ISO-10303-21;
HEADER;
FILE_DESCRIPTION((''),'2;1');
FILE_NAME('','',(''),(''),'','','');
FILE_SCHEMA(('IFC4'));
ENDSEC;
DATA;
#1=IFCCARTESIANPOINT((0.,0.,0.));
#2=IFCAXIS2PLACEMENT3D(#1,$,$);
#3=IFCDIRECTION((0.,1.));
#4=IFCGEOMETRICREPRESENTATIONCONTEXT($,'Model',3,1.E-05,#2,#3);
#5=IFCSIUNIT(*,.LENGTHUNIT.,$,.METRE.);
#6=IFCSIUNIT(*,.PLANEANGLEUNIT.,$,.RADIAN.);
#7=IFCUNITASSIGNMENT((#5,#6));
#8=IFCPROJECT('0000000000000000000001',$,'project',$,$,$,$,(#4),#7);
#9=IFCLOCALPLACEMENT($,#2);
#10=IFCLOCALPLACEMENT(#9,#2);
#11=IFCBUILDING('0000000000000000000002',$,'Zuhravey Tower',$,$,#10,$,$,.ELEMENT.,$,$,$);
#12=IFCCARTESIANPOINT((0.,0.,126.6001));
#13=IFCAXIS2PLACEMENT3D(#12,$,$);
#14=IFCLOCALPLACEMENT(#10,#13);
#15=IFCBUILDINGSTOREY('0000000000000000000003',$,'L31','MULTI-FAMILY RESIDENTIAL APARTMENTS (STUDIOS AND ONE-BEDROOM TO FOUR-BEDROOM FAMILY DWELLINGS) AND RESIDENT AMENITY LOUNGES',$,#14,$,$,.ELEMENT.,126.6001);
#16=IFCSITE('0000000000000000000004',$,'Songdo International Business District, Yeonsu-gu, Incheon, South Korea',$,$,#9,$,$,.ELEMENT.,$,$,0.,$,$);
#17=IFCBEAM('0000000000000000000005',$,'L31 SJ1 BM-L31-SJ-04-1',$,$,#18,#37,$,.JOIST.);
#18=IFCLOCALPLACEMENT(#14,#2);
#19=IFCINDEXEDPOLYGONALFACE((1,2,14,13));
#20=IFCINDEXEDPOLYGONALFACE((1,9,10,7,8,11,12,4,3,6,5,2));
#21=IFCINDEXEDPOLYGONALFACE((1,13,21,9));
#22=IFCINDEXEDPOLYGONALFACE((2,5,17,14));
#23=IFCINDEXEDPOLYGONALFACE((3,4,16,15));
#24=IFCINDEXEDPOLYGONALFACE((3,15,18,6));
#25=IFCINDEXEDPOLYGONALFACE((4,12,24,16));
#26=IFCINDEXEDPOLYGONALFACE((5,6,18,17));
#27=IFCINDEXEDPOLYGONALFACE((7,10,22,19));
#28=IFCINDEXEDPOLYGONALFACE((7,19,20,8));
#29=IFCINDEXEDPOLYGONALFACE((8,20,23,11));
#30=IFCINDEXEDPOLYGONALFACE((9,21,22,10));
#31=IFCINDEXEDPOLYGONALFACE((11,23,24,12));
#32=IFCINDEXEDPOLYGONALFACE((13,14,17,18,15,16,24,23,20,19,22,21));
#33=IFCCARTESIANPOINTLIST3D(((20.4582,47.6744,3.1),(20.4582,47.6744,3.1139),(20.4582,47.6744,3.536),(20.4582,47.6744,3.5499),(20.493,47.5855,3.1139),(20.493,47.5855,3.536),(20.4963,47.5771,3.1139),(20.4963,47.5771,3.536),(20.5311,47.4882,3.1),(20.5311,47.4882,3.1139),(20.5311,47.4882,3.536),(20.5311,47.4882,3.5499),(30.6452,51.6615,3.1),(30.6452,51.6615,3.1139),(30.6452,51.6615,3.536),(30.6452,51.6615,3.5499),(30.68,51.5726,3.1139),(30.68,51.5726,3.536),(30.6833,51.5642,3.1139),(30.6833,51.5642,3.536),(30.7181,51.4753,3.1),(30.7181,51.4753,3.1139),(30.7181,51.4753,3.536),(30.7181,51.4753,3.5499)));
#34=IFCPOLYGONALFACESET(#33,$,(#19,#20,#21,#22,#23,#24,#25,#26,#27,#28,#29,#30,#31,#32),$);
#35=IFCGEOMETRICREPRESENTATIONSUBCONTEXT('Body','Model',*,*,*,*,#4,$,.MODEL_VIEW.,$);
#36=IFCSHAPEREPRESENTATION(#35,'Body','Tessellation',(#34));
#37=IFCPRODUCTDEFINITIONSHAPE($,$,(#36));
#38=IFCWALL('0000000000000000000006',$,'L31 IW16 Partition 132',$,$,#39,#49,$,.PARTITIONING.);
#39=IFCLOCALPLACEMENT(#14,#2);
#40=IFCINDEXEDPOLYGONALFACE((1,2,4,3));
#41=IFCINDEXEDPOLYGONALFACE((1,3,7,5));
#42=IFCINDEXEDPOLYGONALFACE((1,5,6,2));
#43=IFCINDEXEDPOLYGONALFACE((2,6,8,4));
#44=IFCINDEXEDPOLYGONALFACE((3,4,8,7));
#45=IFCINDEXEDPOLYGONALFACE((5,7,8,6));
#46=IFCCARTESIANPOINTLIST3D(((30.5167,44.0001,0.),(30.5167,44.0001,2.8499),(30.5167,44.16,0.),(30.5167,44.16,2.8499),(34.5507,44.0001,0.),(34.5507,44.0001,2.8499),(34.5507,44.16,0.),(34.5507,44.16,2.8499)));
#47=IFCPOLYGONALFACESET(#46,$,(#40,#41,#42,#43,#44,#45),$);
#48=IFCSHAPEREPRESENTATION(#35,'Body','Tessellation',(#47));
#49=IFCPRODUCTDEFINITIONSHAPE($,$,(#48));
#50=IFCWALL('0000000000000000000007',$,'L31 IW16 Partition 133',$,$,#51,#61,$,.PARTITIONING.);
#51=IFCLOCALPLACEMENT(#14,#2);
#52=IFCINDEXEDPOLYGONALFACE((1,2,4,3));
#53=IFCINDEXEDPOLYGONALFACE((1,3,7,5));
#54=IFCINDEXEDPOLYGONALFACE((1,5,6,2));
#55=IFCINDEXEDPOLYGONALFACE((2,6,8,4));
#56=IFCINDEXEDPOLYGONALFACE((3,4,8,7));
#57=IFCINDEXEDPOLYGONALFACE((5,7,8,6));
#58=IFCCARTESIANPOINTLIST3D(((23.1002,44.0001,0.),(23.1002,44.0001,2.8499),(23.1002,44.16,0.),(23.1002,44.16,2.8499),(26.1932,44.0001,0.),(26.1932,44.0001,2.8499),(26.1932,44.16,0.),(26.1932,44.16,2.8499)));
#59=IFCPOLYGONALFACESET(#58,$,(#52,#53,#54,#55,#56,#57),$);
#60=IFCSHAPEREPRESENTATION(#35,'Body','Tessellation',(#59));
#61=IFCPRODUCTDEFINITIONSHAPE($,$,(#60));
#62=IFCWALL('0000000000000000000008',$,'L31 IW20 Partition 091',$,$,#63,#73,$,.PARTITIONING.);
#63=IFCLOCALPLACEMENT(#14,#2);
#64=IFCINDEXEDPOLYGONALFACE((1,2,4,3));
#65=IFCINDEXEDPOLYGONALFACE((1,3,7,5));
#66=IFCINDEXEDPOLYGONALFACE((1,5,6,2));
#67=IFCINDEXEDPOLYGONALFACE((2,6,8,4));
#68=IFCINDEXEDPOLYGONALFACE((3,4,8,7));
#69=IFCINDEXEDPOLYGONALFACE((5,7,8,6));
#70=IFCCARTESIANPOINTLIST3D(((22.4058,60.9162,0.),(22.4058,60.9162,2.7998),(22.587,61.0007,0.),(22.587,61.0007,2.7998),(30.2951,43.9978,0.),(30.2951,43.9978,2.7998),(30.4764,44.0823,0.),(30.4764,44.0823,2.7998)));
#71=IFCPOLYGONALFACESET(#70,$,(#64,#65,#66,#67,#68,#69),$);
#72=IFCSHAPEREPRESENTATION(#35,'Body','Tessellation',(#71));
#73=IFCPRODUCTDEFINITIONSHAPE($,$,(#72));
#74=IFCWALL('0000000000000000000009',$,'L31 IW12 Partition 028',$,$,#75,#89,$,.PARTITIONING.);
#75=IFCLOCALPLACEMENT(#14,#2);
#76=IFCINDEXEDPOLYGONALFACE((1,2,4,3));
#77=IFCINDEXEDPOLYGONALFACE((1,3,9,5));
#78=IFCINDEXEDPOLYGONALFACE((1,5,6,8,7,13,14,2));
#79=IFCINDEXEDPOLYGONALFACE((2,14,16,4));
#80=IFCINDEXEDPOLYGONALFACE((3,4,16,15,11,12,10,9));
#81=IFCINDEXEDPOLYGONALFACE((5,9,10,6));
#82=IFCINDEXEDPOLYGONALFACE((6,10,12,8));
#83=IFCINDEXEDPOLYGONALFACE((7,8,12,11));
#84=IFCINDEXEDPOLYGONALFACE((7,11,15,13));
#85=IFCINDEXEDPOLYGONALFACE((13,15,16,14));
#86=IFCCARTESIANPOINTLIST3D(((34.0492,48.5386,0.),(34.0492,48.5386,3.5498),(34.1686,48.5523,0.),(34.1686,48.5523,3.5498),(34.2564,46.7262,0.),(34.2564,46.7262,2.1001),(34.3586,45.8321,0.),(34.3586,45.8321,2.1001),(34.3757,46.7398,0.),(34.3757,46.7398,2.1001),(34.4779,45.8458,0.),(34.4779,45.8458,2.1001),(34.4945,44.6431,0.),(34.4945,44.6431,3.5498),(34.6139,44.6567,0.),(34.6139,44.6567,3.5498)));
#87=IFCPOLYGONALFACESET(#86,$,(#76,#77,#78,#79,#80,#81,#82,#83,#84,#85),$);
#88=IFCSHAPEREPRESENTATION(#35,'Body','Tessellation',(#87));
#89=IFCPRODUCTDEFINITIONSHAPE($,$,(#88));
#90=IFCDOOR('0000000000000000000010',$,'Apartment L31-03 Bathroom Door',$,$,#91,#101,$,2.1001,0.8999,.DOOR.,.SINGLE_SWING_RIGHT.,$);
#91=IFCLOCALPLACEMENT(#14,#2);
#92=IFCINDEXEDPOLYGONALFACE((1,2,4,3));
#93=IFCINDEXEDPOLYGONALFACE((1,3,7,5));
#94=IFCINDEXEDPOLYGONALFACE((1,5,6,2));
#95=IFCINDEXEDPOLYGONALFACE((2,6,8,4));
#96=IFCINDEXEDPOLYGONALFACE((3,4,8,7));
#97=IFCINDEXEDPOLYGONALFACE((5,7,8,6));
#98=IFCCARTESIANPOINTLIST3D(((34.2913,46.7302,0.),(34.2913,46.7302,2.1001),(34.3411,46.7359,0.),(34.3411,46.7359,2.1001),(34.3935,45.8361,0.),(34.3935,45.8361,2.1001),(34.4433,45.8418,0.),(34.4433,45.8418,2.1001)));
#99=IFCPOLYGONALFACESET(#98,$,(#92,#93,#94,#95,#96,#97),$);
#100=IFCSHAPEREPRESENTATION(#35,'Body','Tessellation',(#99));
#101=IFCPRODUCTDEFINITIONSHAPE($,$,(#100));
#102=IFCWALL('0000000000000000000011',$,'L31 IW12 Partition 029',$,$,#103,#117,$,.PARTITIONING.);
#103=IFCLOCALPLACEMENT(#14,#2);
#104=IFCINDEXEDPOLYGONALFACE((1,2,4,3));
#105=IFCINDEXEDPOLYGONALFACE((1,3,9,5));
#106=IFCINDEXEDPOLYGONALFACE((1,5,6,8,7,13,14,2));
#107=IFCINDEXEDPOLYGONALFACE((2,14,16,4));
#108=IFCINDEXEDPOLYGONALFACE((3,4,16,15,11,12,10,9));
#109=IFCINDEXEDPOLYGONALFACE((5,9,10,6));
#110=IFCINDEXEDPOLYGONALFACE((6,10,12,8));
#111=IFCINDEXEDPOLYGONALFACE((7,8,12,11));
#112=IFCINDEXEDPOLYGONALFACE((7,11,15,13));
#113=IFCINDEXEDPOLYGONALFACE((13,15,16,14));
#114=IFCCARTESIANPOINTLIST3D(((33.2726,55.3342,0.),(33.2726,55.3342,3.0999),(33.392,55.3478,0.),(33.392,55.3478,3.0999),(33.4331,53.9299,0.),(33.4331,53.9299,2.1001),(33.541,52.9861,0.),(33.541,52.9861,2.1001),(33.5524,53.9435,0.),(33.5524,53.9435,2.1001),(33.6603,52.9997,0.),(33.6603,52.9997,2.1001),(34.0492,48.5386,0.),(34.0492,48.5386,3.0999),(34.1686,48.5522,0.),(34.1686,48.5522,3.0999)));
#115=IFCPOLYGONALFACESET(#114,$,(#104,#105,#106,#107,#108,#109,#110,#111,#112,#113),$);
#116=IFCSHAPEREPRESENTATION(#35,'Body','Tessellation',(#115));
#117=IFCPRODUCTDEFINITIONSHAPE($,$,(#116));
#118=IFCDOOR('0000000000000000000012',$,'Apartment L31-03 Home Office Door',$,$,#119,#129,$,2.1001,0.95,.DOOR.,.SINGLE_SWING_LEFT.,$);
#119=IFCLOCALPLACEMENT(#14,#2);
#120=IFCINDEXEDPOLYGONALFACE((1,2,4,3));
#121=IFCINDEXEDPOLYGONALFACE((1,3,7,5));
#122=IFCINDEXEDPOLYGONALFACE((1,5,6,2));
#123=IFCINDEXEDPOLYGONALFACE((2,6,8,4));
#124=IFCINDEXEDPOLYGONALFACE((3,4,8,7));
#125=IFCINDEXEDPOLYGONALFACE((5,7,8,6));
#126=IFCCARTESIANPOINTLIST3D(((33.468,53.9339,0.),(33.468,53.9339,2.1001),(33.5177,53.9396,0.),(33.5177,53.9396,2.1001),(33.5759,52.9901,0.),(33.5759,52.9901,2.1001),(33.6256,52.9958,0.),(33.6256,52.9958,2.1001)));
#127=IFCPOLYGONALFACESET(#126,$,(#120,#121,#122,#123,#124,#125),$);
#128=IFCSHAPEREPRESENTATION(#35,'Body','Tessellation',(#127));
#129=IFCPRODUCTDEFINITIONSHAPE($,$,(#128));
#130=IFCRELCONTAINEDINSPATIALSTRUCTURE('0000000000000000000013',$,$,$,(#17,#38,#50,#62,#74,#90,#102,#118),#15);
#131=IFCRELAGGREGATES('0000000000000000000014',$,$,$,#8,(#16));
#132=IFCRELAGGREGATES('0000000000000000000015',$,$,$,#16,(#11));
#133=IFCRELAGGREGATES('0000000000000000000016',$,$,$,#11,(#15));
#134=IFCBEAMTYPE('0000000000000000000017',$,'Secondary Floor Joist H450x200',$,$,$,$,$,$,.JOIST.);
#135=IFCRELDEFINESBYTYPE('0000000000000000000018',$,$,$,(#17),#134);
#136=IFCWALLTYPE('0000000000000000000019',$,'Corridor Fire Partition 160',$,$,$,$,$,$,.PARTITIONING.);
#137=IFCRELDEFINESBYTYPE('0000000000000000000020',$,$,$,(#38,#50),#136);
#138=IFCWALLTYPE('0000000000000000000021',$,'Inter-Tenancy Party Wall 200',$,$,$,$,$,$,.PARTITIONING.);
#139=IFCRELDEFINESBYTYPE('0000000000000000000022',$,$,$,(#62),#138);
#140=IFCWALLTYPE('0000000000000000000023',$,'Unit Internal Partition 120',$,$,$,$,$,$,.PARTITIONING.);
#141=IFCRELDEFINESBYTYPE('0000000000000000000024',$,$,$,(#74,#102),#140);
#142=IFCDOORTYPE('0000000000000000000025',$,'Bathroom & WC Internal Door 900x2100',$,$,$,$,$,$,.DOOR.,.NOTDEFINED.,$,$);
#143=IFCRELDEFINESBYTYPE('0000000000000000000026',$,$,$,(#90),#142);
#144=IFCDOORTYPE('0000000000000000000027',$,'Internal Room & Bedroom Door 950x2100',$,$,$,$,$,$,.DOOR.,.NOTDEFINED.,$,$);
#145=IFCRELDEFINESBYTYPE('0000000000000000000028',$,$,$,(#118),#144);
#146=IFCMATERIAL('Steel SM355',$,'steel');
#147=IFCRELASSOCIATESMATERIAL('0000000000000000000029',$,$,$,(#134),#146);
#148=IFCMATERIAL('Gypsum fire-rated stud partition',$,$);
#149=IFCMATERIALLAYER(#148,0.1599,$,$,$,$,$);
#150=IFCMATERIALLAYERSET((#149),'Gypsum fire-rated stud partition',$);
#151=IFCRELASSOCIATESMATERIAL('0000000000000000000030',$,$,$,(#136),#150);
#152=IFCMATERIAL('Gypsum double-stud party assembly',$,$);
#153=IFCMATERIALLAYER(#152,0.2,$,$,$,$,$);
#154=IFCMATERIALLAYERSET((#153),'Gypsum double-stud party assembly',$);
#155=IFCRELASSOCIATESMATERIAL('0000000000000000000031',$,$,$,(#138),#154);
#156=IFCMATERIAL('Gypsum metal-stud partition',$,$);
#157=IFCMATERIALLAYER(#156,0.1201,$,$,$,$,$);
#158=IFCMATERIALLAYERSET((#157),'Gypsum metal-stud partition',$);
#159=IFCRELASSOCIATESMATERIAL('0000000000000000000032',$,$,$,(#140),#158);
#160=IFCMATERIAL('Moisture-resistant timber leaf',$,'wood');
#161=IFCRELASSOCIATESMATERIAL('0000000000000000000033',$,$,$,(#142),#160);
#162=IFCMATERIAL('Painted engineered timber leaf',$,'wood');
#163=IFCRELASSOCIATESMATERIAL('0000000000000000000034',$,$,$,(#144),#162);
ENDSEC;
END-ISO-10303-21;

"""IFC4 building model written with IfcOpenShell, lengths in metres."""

from ifc_helpers import new_model, si_unit, direction, frame, frame_2d, origin, origin_2d, place, context, subcontext, project, spatial, rectangle, i_section, extrude, material, layer, layer_set, material_profile, profile_set, type_object, element, fill, save


model = new_model("IFC4")

# Units and contexts
model_context = context("Model", 3, precision=1e-05, world=origin(), true_north=direction((0.0, 1.0)))
body_context = subcontext(model_context, "Body", "Model", "MODEL_VIEW")
ifc_project = project(units=[si_unit("LENGTHUNIT", "METRE"), si_unit("PLANEANGLEUNIT", "RADIAN")], contexts=[model_context])

# Site, building, storey
site_placement = place(None, origin())
site = spatial("IfcSite", under=ifc_project, at=site_placement, Name="Songdo International Business District, Yeonsu-gu, Incheon, South Korea", CompositionType="ELEMENT", RefElevation=0.0)
building_placement = place(site_placement, origin())
building = spatial("IfcBuilding", under=site, at=building_placement, Name="Zuhravey Tower", CompositionType="ELEMENT")
storey_placement = place(building_placement, frame((0.0, 0.0, 126.6001)))
storey = spatial("IfcBuildingStorey", under=building, at=storey_placement, Name="L31", Description="MULTI-FAMILY RESIDENTIAL APARTMENTS (STUDIOS AND ONE-BEDROOM TO FOUR-BEDROOM FAMILY DWELLINGS) AND RESIDENT AMENITY LOUNGES", CompositionType="ELEMENT", Elevation=126.6001)

# Beam
ifc_material_1 = material(Name="Steel SM355", Category="steel")
ifc_material_profile = material_profile(ifc_material_1, i_section(OverallWidth=0.2, OverallDepth=0.45, WebThickness=0.009, FlangeThickness=0.0139, at=origin_2d()), Name="H-450x200x9x14")
ifc_profile_set = profile_set([ifc_material_profile], Name="Steel SM355")
beam_type = type_object("IfcBeamType", Name="Secondary Floor Joist H450x200", PredefinedType="JOIST", material=ifc_profile_set)
beam_placement = place(storey_placement, frame((30.6816, 51.5684, 3.325), z_axis=(-0.931217, -0.364466, 0.0), x_axis=(0.364466, -0.931217, 0.0)))
element("IfcBeam", 1, at=beam_placement, inside=storey, type_object=beam_type, Name="L31 SJ1 BM-L31-SJ-04-1", PredefinedType="JOIST", context=body_context, shape_type="SweptSolid", body=[
    extrude(i_section(OverallWidth=0.2, OverallDepth=0.45, WebThickness=0.009, FlangeThickness=0.0139, at=origin_2d()), origin(), (0.0, 0.0, 1.0), 10.9395),
])

# Shared definitions
ifc_material_2 = material(Name="Gypsum fire-rated stud partition")
ifc_layer_1 = layer(ifc_material_2, 0.1599)
ifc_layer_set_1 = layer_set([ifc_layer_1], Name="Gypsum fire-rated stud partition")
wall_type_1 = type_object("IfcWallType", Name="Corridor Fire Partition 160", PredefinedType="PARTITIONING", material=ifc_layer_set_1)

# Walls
wall_1_placement = place(storey_placement, frame((34.5508, 44.0801, 0.0), z_axis=(0.0, 0.0, 1.0), x_axis=(-1.0, 0.0, 0.0)))
element("IfcWall", 2, at=wall_1_placement, inside=storey, type_object=wall_type_1, Name="L31 IW16 Partition 132", PredefinedType="PARTITIONING", context=body_context, shape_type="SweptSolid", body=[
    extrude(rectangle(XDim=4.0339, YDim=0.1599, at=frame_2d((2.0171, 0.0))), origin(), (0.0, 0.0, 1.0), 2.8499),
])
wall_2_placement = place(storey_placement, frame((26.1931, 44.0801, 0.0), z_axis=(0.0, 0.0, 1.0), x_axis=(-1.0, 0.0, 0.0)))
element("IfcWall", 3, at=wall_2_placement, inside=storey, type_object=wall_type_1, Name="L31 IW16 Partition 133", PredefinedType="PARTITIONING", context=body_context, shape_type="SweptSolid", body=[
    extrude(rectangle(XDim=3.093, YDim=0.1599, at=frame_2d((1.5464, 0.0))), origin(), (0.0, 0.0, 1.0), 2.8499),
])
ifc_material_3 = material(Name="Gypsum double-stud party assembly")
ifc_layer_2 = layer(ifc_material_3, 0.2)
ifc_layer_set_2 = layer_set([ifc_layer_2], Name="Gypsum double-stud party assembly")
wall_type_2 = type_object("IfcWallType", Name="Inter-Tenancy Party Wall 200", PredefinedType="PARTITIONING", material=ifc_layer_set_2)
wall_3_placement = place(storey_placement, frame((30.3857, 44.04, 0.0), z_axis=(0.0, 0.0, 1.0), x_axis=(-0.422627, 0.906304, 0.0)))
element("IfcWall", 4, at=wall_3_placement, inside=storey, type_object=wall_type_2, Name="L31 IW20 Partition 091", PredefinedType="PARTITIONING", context=body_context, shape_type="SweptSolid", body=[
    extrude(rectangle(XDim=18.6675, YDim=0.2, at=frame_2d((9.3337, 0.0))), origin(), (0.0, 0.0, 1.0), 2.7998),
])

# Walls, openings, doors
ifc_material_4 = material(Name="Gypsum metal-stud partition")
ifc_layer_3 = layer(ifc_material_4, 0.1201)
ifc_layer_set_3 = layer_set([ifc_layer_3], Name="Gypsum metal-stud partition")
wall_type_3 = type_object("IfcWallType", Name="Unit Internal Partition 120", PredefinedType="PARTITIONING", material=ifc_layer_set_3)
wall_4_placement = place(storey_placement, frame((34.5542, 44.6499, 0.0), z_axis=(0.0, 0.0, 1.0), x_axis=(-0.113575, 0.993529, 0.0)))
wall_4 = element("IfcWall", 5, at=wall_4_placement, inside=storey, type_object=wall_type_3, Name="L31 IW12 Partition 028", PredefinedType="PARTITIONING", context=body_context, shape_type="SweptSolid", body=[
    extrude(rectangle(XDim=3.9209, YDim=0.1201, at=frame_2d((1.9604, 0.0))), origin(), (0.0, 0.0, 1.0), 3.5498),
])
opening_1_placement = place(wall_4_placement, frame((1.1968, 0.0, 0.0)))
opening_1 = element("IfcOpeningElement", 6, at=opening_1_placement, cuts=wall_4, PredefinedType="OPENING", context=body_context, shape_type="SweptSolid", body=[
    extrude(rectangle(XDim=0.8999, YDim=2.1001, at=frame_2d((0.45, 1.05))), frame((0.0, 0.072, 0.0), z_axis=(0.0, -1.0, 0.0), x_axis=(1.0, 0.0, 0.0)), (0.0, 0.0, 1.0), 0.144),
])
ifc_material_5 = material(Name="Moisture-resistant timber leaf", Category="wood")
door_type_1 = type_object("IfcDoorType", Name="Bathroom & WC Internal Door 900x2100", OperationType="NOTDEFINED", PredefinedType="DOOR", material=ifc_material_5)
door_1_placement = place(opening_1_placement, origin())
door_1 = element("IfcDoor", 7, at=door_1_placement, inside=storey, type_object=door_type_1, Name="Apartment L31-03 Bathroom Door", OperationType="SINGLE_SWING_RIGHT", OverallHeight=2.1001, OverallWidth=0.8999, PredefinedType="DOOR", context=body_context, shape_type="SweptSolid", body=[
    extrude(rectangle(XDim=0.8999, YDim=2.1001, at=frame_2d((0.45, 1.05))), frame((0.0, 0.0249, 0.0), z_axis=(0.0, -1.0, 0.0), x_axis=(1.0, 0.0, 0.0)), (0.0, 0.0, 1.0), 0.05),
])
fill(opening_1, door_1)
wall_5_placement = place(storey_placement, frame((34.1089, 48.5454, 0.0), z_axis=(0.0, 0.0, 1.0), x_axis=(-0.113542, 0.993533, 0.0)))
wall_5 = element("IfcWall", 8, at=wall_5_placement, inside=storey, type_object=wall_type_3, Name="L31 IW12 Partition 029", PredefinedType="PARTITIONING", context=body_context, shape_type="SweptSolid", body=[
    extrude(rectangle(XDim=6.8398, YDim=0.1201, at=frame_2d((3.4199, 0.0))), origin(), (0.0, 0.0, 1.0), 3.0999),
])
opening_2_placement = place(wall_5_placement, frame((4.4763, 0.0, 0.0)))
opening_2 = element("IfcOpeningElement", 9, at=opening_2_placement, cuts=wall_5, PredefinedType="OPENING", context=body_context, shape_type="SweptSolid", body=[
    extrude(rectangle(XDim=0.95, YDim=2.1001, at=frame_2d((0.4751, 1.05))), frame((0.0, 0.072, 0.0), z_axis=(0.0, -1.0, 0.0), x_axis=(1.0, 0.0, 0.0)), (0.0, 0.0, 1.0), 0.144),
])
ifc_material_6 = material(Name="Painted engineered timber leaf", Category="wood")
door_type_2 = type_object("IfcDoorType", Name="Internal Room & Bedroom Door 950x2100", OperationType="NOTDEFINED", PredefinedType="DOOR", material=ifc_material_6)
door_2_placement = place(opening_2_placement, origin())
door_2 = element("IfcDoor", 10, at=door_2_placement, inside=storey, type_object=door_type_2, Name="Apartment L31-03 Home Office Door", OperationType="SINGLE_SWING_LEFT", OverallHeight=2.1001, OverallWidth=0.95, PredefinedType="DOOR", context=body_context, shape_type="SweptSolid", body=[
    extrude(rectangle(XDim=0.95, YDim=2.1001, at=frame_2d((0.4751, 1.05))), frame((0.0, 0.0249, 0.0), z_axis=(0.0, -1.0, 0.0), x_axis=(1.0, 0.0, 0.0)), (0.0, 0.0, 1.0), 0.05),
])
fill(opening_2, door_2)

save(model, "model.ifc")
